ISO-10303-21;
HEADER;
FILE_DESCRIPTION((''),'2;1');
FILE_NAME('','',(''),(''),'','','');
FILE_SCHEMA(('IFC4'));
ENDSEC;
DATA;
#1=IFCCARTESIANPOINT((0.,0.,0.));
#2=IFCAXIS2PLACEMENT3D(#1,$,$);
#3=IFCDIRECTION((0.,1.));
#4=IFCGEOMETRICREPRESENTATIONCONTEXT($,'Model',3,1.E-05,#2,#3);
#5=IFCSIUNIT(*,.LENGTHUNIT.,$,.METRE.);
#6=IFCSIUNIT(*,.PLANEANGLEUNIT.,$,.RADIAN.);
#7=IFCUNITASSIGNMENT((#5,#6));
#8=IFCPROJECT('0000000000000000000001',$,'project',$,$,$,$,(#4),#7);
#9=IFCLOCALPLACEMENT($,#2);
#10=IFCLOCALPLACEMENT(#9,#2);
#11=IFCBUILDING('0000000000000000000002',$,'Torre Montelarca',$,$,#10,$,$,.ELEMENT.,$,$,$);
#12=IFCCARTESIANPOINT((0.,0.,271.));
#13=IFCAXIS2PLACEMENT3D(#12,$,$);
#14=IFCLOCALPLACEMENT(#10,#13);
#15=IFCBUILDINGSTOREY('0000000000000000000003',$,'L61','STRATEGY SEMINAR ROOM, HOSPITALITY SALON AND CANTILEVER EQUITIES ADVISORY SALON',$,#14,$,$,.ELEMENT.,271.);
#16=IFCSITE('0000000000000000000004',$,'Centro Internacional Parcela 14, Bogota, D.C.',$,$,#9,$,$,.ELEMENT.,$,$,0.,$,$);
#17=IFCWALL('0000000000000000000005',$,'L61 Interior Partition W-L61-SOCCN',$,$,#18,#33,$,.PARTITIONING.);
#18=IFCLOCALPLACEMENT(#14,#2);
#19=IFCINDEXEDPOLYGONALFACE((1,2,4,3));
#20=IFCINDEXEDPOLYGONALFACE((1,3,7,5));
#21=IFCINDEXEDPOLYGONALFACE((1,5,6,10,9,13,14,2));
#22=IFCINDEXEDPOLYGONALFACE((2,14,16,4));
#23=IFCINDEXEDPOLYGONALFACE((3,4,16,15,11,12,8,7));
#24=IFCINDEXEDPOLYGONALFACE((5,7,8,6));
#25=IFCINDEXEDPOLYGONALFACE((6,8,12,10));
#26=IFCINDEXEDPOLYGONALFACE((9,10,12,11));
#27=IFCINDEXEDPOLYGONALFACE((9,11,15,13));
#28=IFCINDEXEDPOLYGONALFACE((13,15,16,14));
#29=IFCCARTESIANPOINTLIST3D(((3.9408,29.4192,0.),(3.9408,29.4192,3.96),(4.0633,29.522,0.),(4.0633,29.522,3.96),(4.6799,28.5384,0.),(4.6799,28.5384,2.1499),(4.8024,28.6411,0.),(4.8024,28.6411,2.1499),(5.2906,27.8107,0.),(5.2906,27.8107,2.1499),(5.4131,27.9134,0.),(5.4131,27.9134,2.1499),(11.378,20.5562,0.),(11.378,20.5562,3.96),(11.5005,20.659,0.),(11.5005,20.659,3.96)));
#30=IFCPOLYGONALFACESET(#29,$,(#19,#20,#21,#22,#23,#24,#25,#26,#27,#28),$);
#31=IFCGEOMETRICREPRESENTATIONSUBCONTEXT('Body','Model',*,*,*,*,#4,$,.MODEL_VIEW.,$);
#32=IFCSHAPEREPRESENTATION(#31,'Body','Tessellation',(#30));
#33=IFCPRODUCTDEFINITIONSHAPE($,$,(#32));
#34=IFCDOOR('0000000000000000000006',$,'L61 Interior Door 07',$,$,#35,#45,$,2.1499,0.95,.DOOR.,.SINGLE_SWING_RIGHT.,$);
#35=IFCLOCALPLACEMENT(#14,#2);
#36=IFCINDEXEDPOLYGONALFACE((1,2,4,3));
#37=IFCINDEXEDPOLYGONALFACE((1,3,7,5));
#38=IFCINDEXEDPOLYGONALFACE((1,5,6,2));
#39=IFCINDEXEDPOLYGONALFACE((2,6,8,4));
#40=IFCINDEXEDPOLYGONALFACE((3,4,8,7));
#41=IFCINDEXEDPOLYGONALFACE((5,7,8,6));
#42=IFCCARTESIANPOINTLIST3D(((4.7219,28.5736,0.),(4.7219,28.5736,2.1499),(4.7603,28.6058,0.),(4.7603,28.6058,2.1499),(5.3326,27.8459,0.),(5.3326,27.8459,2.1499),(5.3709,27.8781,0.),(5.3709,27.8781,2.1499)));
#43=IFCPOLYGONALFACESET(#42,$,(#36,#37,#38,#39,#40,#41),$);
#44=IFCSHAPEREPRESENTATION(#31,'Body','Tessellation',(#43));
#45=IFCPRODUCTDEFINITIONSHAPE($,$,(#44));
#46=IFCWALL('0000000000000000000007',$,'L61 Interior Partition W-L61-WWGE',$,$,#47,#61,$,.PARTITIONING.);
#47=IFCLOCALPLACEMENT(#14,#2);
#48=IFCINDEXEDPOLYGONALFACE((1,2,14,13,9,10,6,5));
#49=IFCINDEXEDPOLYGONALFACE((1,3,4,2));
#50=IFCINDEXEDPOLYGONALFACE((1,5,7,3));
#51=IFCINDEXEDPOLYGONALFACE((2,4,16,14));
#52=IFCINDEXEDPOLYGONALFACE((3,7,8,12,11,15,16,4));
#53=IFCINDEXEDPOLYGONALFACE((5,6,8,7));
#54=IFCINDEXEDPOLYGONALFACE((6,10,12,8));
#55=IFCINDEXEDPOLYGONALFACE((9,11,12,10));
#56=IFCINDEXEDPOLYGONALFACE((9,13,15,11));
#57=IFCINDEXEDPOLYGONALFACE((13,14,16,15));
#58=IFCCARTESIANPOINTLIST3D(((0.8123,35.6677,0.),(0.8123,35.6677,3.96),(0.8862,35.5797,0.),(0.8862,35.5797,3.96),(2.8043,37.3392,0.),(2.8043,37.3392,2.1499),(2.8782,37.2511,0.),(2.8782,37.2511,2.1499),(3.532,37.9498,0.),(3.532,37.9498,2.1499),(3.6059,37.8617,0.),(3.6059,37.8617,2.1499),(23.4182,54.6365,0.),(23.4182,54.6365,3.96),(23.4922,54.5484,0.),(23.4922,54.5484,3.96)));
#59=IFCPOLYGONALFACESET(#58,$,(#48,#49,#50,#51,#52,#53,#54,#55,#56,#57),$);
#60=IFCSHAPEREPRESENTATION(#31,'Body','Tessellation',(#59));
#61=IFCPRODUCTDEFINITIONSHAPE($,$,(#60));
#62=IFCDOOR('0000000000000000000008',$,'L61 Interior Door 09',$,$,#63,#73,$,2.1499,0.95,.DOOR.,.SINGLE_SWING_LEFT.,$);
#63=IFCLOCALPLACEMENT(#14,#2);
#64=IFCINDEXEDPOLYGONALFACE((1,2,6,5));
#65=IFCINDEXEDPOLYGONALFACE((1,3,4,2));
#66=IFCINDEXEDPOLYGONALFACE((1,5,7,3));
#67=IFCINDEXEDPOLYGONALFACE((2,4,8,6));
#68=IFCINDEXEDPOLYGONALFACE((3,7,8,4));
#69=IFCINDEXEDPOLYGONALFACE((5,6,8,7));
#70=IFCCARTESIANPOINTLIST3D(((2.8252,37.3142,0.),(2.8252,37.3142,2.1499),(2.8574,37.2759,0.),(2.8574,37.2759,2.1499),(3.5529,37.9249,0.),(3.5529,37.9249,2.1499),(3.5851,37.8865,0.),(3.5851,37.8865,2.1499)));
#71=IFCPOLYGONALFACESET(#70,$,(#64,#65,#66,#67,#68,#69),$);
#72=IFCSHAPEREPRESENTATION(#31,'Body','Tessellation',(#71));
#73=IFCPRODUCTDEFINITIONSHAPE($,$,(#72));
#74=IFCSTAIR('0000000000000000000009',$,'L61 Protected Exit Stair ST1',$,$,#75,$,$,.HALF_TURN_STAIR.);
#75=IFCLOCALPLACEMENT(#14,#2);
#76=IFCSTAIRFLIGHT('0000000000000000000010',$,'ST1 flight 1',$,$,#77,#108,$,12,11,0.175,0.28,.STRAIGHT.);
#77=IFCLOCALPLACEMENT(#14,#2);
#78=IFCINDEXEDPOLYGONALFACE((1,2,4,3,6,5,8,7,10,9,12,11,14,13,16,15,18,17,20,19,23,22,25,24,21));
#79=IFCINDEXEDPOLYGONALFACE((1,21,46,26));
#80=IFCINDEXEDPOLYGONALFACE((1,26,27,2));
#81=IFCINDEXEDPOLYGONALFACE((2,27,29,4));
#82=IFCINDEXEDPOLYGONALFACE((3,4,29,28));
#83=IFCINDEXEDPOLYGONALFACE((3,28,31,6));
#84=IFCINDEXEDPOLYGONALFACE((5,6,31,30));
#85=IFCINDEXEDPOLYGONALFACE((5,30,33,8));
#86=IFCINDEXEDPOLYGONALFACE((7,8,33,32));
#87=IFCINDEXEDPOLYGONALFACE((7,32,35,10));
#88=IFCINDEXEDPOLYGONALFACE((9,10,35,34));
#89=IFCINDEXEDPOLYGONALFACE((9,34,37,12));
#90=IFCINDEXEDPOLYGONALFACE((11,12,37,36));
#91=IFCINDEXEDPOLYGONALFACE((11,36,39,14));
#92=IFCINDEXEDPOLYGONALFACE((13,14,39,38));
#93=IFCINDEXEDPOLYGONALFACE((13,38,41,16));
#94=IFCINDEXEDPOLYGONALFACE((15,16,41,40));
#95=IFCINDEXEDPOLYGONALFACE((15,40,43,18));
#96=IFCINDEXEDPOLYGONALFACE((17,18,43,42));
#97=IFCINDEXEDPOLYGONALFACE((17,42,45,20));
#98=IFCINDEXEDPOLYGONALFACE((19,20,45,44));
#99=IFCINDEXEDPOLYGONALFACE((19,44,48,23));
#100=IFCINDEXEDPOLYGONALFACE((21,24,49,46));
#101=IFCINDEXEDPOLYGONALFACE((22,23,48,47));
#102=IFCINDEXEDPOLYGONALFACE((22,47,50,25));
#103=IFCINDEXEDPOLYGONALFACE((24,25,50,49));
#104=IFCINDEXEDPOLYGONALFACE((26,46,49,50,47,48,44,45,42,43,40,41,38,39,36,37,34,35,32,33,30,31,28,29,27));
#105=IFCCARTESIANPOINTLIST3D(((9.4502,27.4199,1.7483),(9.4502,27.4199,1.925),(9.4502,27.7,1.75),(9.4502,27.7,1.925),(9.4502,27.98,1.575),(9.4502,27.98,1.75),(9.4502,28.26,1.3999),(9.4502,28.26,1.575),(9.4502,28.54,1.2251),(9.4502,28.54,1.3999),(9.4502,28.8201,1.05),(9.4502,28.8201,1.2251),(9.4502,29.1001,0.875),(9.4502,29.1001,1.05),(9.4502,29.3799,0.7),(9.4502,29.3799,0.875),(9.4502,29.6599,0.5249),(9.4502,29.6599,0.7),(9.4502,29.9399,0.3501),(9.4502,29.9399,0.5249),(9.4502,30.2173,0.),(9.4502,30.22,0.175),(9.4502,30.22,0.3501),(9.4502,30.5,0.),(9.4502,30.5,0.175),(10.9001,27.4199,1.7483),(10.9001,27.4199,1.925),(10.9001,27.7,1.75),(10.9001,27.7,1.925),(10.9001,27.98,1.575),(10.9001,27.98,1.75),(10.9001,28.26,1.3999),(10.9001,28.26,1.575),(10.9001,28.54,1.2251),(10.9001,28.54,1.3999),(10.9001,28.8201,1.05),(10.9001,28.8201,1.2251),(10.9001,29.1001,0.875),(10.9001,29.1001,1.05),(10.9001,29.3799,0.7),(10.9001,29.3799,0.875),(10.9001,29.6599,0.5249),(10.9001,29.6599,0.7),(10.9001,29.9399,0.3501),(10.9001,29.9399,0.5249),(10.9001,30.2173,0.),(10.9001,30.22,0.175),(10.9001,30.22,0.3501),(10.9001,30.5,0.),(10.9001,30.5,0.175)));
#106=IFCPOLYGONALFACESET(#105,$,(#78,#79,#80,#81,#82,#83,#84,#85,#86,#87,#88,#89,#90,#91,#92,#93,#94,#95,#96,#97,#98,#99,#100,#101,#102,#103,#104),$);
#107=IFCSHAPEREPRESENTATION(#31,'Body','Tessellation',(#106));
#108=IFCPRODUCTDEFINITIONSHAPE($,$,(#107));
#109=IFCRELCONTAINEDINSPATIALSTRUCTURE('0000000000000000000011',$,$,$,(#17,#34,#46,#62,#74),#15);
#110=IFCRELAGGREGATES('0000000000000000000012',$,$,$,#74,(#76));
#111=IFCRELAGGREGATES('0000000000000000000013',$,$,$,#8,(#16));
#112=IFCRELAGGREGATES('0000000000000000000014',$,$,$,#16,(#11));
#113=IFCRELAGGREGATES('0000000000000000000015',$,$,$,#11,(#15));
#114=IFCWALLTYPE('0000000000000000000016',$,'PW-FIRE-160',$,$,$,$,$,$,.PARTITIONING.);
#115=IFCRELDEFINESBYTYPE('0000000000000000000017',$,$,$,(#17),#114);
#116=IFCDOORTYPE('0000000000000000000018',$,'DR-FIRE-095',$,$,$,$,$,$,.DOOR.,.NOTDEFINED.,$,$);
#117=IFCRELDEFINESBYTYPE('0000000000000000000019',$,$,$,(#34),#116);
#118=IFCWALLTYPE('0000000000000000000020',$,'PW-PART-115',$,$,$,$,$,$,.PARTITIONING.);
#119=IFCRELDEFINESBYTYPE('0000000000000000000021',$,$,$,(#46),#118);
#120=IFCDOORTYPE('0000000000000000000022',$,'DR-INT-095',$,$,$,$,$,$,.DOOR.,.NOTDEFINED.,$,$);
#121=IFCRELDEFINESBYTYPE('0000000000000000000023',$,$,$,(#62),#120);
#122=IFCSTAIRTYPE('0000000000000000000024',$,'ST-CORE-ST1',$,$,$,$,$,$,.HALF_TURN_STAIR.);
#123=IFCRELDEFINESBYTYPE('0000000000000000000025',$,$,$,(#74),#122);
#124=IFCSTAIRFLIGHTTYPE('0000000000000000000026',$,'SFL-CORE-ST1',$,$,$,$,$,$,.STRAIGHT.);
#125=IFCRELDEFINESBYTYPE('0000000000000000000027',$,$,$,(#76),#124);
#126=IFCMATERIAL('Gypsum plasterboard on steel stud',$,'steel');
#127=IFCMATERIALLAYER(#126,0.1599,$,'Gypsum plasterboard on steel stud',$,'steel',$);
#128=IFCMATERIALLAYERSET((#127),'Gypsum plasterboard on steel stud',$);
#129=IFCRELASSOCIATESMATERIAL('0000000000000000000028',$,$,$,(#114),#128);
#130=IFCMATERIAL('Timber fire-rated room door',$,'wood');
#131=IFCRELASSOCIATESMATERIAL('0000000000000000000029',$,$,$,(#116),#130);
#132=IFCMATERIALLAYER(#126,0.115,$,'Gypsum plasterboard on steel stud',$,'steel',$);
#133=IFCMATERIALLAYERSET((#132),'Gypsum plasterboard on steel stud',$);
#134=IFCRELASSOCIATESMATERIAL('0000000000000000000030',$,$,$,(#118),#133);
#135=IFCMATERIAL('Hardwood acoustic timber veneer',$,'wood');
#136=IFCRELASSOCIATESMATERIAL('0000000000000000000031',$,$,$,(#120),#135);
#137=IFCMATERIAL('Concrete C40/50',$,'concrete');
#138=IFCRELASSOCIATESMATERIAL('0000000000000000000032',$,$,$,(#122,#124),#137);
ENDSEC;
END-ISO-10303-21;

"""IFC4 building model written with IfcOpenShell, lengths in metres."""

from ifc_helpers import new_model, si_unit, direction, frame, frame_2d, origin, place, context, subcontext, project, spatial, polyline, rectangle, outline, extrude, source, transform, mapped, material, layer, layer_set, type_object, element, fill, aggregate, save


model = new_model("IFC4")

# Units and contexts
model_context = context("Model", 3, precision=1e-05, world=origin(), true_north=direction((0.0, 1.0)))
body_context = subcontext(model_context, "Body", "Model", "MODEL_VIEW")
ifc_project = project(units=[si_unit("LENGTHUNIT", "METRE"), si_unit("PLANEANGLEUNIT", "RADIAN")], contexts=[model_context])

# Site, building, storey
site_placement = place(None, origin())
site = spatial("IfcSite", under=ifc_project, at=site_placement, Name="Centro Internacional Parcela 14, Bogota, D.C.", CompositionType="ELEMENT", RefElevation=0.0)
building_placement = place(site_placement, origin())
building = spatial("IfcBuilding", under=site, at=building_placement, Name="Torre Montelarca", CompositionType="ELEMENT")
storey_placement = place(building_placement, frame((0.0, 0.0, 271.0)))
storey = spatial("IfcBuildingStorey", under=building, at=storey_placement, Name="L61", Description="STRATEGY SEMINAR ROOM, HOSPITALITY SALON AND CANTILEVER EQUITIES ADVISORY SALON", CompositionType="ELEMENT", Elevation=271.0)

# Shared definitions
ifc_material_1 = material(Name="Concrete C40/50", Category="concrete")

# Shared definitions
ifc_material_2 = material(Name="Gypsum plasterboard on steel stud", Category="steel")
ifc_layer_1 = layer(ifc_material_2, 0.1599, Name="Gypsum plasterboard on steel stud", Category="steel")
ifc_layer_set_1 = layer_set([ifc_layer_1], Name="Gypsum plasterboard on steel stud")
wall_type_1 = type_object("IfcWallType", Name="PW-FIRE-160", PredefinedType="PARTITIONING", material=ifc_layer_set_1)

# Walls, openings, doors
wall_1_placement = place(storey_placement, frame((4.002, 29.4707, 0.0), z_axis=(0.0, 0.0, 1.0), x_axis=(0.642802, -0.766032, 0.0)))
wall_1 = element("IfcWall", 1, at=wall_1_placement, inside=storey, type_object=wall_type_1, Name="L61 Interior Partition W-L61-SOCCN", PredefinedType="PARTITIONING", context=body_context, shape_type="SweptSolid", body=[
    extrude(rectangle(XDim=11.5701, YDim=0.1599, at=frame_2d((5.7852, 0.0))), origin(), (0.0, 0.0, 1.0), 3.96),
])
opening_1_placement = place(wall_1_placement, frame((1.1499, 0.0, 0.0)))
opening_1 = element("IfcOpeningElement", 2, at=opening_1_placement, cuts=wall_1, PredefinedType="OPENING", context=body_context, shape_type="SweptSolid", body=[
    extrude(rectangle(XDim=0.95, YDim=2.1499, at=frame_2d((0.4751, 1.075))), frame((0.0, 0.0898, 0.0), z_axis=(0.0, -1.0, 0.0), x_axis=(1.0, 0.0, 0.0)), (0.0, 0.0, 1.0), 0.1799),
])
ifc_material_3 = material(Name="Timber fire-rated room door", Category="wood")
door_type_1 = type_object("IfcDoorType", Name="DR-FIRE-095", OperationType="NOTDEFINED", PredefinedType="DOOR", material=ifc_material_3)
shared_shape_1 = source(origin(), body_context, "Body", "SweptSolid", [
    extrude(rectangle(XDim=0.95, YDim=2.1499, at=frame_2d((0.4751, 1.075))), frame((0.0, 0.0249, 0.0), z_axis=(0.0, -1.0, 0.0), x_axis=(1.0, 0.0, 0.0)), (0.0, 0.0, 1.0), 0.05),
])
door_1_placement = place(opening_1_placement, origin())
door_1 = element("IfcDoor", 3, at=door_1_placement, inside=storey, type_object=door_type_1, Name="L61 Interior Door 07", OperationType="SINGLE_SWING_RIGHT", OverallHeight=2.1499, OverallWidth=0.95, PredefinedType="DOOR", context=body_context, shape_type="MappedRepresentation", body=[
    mapped(shared_shape_1, transform((0.0, 0.0, 0.0), scale=1.0)),
])
fill(opening_1, door_1)
ifc_layer_2 = layer(ifc_material_2, 0.115, Name="Gypsum plasterboard on steel stud", Category="steel")
ifc_layer_set_2 = layer_set([ifc_layer_2], Name="Gypsum plasterboard on steel stud")
wall_type_2 = type_object("IfcWallType", Name="PW-PART-115", PredefinedType="PARTITIONING", material=ifc_layer_set_2)
wall_2_placement = place(storey_placement, frame((0.8494, 35.6238, 0.0), z_axis=(0.0, 0.0, 1.0), x_axis=(0.766043, 0.64279, 0.0)))
wall_2 = element("IfcWall", 4, at=wall_2_placement, inside=storey, type_object=wall_type_2, Name="L61 Interior Partition W-L61-WWGE", PredefinedType="PARTITIONING", context=body_context, shape_type="SweptSolid", body=[
    extrude(rectangle(XDim=29.51, YDim=0.115, at=frame_2d((14.7549, 0.0))), origin(), (0.0, 0.0, 1.0), 3.96),
])
opening_2_placement = place(wall_2_placement, frame((2.6001, 0.0, 0.0)))
opening_2 = element("IfcOpeningElement", 5, at=opening_2_placement, cuts=wall_2, PredefinedType="OPENING", context=body_context, shape_type="SweptSolid", body=[
    extrude(rectangle(XDim=0.95, YDim=2.1499, at=frame_2d((0.4751, 1.075))), frame((0.0, 0.0674, 0.0), z_axis=(0.0, -1.0, 0.0), x_axis=(1.0, 0.0, 0.0)), (0.0, 0.0, 1.0), 0.135),
])
ifc_material_4 = material(Name="Hardwood acoustic timber veneer", Category="wood")
door_type_2 = type_object("IfcDoorType", Name="DR-INT-095", OperationType="NOTDEFINED", PredefinedType="DOOR", material=ifc_material_4)
shared_shape_2 = source(origin(), body_context, "Body", "SweptSolid", [
    extrude(rectangle(XDim=0.95, YDim=2.1499, at=frame_2d((0.4751, 1.075))), frame((0.0, 0.0249, 0.0), z_axis=(0.0, -1.0, 0.0), x_axis=(1.0, 0.0, 0.0)), (0.0, 0.0, 1.0), 0.05),
])
door_2_placement = place(opening_2_placement, origin())
door_2 = element("IfcDoor", 6, at=door_2_placement, inside=storey, type_object=door_type_2, Name="L61 Interior Door 09", OperationType="SINGLE_SWING_LEFT", OverallHeight=2.1499, OverallWidth=0.95, PredefinedType="DOOR", context=body_context, shape_type="MappedRepresentation", body=[
    mapped(shared_shape_2, transform((0.0, 0.0, 0.0), scale=1.0)),
])
fill(opening_2, door_2)

# Stair, stair flight
stair_type = type_object("IfcStairType", Name="ST-CORE-ST1", PredefinedType="HALF_TURN_STAIR", material=ifc_material_1)
stair_placement = place(storey_placement, origin())
stair = element("IfcStair", 7, at=stair_placement, inside=storey, type_object=stair_type, Name="L61 Protected Exit Stair ST1", PredefinedType="HALF_TURN_STAIR")
stair_flight_type = type_object("IfcStairFlightType", Name="SFL-CORE-ST1", PredefinedType="STRAIGHT", material=ifc_material_1)
stair_flight_placement = place(storey_placement, frame((10.175, 30.5, 0.0), z_axis=(0.0, 0.0, 1.0), x_axis=(0.0, -1.0, 0.0)))
stair_flight = element("IfcStairFlight", 8, at=stair_flight_placement, type_object=stair_flight_type, Name="ST1 flight 1", NumberOfRisers=12, NumberOfTreads=11, PredefinedType="STRAIGHT", RiserHeight=0.175, TreadLength=0.28, context=body_context, shape_type="SweptSolid", body=[
    extrude(outline(polyline([(0.0, 0.0), (0.0, 0.175), (0.28, 0.175), (0.28, 0.3501), (0.5601, 0.3501), (0.5601, 0.5249), (0.8401, 0.5249), (0.8401, 0.7), (1.1201, 0.7), (1.1201, 0.875), (1.3999, 0.875), (1.3999, 1.05), (1.6799, 1.05), (1.6799, 1.2251), (1.96, 1.2251), (1.96, 1.3999), (2.24, 1.3999), (2.24, 1.575), (2.52, 1.575), (2.52, 1.75), (2.8, 1.75), (2.8, 1.925), (3.0801, 1.925), (3.0801, 2.1001), (3.0801, 1.7483), (0.2827, 0.0), (0.0, 0.0)])), frame((0.0, 0.7251, 0.0), z_axis=(0.0, -1.0, 0.0), x_axis=(1.0, 0.0, 0.0)), (0.0, 0.0, 1.0), 1.45),
])
aggregate(stair, [stair_flight])

save(model, "model.ifc")
